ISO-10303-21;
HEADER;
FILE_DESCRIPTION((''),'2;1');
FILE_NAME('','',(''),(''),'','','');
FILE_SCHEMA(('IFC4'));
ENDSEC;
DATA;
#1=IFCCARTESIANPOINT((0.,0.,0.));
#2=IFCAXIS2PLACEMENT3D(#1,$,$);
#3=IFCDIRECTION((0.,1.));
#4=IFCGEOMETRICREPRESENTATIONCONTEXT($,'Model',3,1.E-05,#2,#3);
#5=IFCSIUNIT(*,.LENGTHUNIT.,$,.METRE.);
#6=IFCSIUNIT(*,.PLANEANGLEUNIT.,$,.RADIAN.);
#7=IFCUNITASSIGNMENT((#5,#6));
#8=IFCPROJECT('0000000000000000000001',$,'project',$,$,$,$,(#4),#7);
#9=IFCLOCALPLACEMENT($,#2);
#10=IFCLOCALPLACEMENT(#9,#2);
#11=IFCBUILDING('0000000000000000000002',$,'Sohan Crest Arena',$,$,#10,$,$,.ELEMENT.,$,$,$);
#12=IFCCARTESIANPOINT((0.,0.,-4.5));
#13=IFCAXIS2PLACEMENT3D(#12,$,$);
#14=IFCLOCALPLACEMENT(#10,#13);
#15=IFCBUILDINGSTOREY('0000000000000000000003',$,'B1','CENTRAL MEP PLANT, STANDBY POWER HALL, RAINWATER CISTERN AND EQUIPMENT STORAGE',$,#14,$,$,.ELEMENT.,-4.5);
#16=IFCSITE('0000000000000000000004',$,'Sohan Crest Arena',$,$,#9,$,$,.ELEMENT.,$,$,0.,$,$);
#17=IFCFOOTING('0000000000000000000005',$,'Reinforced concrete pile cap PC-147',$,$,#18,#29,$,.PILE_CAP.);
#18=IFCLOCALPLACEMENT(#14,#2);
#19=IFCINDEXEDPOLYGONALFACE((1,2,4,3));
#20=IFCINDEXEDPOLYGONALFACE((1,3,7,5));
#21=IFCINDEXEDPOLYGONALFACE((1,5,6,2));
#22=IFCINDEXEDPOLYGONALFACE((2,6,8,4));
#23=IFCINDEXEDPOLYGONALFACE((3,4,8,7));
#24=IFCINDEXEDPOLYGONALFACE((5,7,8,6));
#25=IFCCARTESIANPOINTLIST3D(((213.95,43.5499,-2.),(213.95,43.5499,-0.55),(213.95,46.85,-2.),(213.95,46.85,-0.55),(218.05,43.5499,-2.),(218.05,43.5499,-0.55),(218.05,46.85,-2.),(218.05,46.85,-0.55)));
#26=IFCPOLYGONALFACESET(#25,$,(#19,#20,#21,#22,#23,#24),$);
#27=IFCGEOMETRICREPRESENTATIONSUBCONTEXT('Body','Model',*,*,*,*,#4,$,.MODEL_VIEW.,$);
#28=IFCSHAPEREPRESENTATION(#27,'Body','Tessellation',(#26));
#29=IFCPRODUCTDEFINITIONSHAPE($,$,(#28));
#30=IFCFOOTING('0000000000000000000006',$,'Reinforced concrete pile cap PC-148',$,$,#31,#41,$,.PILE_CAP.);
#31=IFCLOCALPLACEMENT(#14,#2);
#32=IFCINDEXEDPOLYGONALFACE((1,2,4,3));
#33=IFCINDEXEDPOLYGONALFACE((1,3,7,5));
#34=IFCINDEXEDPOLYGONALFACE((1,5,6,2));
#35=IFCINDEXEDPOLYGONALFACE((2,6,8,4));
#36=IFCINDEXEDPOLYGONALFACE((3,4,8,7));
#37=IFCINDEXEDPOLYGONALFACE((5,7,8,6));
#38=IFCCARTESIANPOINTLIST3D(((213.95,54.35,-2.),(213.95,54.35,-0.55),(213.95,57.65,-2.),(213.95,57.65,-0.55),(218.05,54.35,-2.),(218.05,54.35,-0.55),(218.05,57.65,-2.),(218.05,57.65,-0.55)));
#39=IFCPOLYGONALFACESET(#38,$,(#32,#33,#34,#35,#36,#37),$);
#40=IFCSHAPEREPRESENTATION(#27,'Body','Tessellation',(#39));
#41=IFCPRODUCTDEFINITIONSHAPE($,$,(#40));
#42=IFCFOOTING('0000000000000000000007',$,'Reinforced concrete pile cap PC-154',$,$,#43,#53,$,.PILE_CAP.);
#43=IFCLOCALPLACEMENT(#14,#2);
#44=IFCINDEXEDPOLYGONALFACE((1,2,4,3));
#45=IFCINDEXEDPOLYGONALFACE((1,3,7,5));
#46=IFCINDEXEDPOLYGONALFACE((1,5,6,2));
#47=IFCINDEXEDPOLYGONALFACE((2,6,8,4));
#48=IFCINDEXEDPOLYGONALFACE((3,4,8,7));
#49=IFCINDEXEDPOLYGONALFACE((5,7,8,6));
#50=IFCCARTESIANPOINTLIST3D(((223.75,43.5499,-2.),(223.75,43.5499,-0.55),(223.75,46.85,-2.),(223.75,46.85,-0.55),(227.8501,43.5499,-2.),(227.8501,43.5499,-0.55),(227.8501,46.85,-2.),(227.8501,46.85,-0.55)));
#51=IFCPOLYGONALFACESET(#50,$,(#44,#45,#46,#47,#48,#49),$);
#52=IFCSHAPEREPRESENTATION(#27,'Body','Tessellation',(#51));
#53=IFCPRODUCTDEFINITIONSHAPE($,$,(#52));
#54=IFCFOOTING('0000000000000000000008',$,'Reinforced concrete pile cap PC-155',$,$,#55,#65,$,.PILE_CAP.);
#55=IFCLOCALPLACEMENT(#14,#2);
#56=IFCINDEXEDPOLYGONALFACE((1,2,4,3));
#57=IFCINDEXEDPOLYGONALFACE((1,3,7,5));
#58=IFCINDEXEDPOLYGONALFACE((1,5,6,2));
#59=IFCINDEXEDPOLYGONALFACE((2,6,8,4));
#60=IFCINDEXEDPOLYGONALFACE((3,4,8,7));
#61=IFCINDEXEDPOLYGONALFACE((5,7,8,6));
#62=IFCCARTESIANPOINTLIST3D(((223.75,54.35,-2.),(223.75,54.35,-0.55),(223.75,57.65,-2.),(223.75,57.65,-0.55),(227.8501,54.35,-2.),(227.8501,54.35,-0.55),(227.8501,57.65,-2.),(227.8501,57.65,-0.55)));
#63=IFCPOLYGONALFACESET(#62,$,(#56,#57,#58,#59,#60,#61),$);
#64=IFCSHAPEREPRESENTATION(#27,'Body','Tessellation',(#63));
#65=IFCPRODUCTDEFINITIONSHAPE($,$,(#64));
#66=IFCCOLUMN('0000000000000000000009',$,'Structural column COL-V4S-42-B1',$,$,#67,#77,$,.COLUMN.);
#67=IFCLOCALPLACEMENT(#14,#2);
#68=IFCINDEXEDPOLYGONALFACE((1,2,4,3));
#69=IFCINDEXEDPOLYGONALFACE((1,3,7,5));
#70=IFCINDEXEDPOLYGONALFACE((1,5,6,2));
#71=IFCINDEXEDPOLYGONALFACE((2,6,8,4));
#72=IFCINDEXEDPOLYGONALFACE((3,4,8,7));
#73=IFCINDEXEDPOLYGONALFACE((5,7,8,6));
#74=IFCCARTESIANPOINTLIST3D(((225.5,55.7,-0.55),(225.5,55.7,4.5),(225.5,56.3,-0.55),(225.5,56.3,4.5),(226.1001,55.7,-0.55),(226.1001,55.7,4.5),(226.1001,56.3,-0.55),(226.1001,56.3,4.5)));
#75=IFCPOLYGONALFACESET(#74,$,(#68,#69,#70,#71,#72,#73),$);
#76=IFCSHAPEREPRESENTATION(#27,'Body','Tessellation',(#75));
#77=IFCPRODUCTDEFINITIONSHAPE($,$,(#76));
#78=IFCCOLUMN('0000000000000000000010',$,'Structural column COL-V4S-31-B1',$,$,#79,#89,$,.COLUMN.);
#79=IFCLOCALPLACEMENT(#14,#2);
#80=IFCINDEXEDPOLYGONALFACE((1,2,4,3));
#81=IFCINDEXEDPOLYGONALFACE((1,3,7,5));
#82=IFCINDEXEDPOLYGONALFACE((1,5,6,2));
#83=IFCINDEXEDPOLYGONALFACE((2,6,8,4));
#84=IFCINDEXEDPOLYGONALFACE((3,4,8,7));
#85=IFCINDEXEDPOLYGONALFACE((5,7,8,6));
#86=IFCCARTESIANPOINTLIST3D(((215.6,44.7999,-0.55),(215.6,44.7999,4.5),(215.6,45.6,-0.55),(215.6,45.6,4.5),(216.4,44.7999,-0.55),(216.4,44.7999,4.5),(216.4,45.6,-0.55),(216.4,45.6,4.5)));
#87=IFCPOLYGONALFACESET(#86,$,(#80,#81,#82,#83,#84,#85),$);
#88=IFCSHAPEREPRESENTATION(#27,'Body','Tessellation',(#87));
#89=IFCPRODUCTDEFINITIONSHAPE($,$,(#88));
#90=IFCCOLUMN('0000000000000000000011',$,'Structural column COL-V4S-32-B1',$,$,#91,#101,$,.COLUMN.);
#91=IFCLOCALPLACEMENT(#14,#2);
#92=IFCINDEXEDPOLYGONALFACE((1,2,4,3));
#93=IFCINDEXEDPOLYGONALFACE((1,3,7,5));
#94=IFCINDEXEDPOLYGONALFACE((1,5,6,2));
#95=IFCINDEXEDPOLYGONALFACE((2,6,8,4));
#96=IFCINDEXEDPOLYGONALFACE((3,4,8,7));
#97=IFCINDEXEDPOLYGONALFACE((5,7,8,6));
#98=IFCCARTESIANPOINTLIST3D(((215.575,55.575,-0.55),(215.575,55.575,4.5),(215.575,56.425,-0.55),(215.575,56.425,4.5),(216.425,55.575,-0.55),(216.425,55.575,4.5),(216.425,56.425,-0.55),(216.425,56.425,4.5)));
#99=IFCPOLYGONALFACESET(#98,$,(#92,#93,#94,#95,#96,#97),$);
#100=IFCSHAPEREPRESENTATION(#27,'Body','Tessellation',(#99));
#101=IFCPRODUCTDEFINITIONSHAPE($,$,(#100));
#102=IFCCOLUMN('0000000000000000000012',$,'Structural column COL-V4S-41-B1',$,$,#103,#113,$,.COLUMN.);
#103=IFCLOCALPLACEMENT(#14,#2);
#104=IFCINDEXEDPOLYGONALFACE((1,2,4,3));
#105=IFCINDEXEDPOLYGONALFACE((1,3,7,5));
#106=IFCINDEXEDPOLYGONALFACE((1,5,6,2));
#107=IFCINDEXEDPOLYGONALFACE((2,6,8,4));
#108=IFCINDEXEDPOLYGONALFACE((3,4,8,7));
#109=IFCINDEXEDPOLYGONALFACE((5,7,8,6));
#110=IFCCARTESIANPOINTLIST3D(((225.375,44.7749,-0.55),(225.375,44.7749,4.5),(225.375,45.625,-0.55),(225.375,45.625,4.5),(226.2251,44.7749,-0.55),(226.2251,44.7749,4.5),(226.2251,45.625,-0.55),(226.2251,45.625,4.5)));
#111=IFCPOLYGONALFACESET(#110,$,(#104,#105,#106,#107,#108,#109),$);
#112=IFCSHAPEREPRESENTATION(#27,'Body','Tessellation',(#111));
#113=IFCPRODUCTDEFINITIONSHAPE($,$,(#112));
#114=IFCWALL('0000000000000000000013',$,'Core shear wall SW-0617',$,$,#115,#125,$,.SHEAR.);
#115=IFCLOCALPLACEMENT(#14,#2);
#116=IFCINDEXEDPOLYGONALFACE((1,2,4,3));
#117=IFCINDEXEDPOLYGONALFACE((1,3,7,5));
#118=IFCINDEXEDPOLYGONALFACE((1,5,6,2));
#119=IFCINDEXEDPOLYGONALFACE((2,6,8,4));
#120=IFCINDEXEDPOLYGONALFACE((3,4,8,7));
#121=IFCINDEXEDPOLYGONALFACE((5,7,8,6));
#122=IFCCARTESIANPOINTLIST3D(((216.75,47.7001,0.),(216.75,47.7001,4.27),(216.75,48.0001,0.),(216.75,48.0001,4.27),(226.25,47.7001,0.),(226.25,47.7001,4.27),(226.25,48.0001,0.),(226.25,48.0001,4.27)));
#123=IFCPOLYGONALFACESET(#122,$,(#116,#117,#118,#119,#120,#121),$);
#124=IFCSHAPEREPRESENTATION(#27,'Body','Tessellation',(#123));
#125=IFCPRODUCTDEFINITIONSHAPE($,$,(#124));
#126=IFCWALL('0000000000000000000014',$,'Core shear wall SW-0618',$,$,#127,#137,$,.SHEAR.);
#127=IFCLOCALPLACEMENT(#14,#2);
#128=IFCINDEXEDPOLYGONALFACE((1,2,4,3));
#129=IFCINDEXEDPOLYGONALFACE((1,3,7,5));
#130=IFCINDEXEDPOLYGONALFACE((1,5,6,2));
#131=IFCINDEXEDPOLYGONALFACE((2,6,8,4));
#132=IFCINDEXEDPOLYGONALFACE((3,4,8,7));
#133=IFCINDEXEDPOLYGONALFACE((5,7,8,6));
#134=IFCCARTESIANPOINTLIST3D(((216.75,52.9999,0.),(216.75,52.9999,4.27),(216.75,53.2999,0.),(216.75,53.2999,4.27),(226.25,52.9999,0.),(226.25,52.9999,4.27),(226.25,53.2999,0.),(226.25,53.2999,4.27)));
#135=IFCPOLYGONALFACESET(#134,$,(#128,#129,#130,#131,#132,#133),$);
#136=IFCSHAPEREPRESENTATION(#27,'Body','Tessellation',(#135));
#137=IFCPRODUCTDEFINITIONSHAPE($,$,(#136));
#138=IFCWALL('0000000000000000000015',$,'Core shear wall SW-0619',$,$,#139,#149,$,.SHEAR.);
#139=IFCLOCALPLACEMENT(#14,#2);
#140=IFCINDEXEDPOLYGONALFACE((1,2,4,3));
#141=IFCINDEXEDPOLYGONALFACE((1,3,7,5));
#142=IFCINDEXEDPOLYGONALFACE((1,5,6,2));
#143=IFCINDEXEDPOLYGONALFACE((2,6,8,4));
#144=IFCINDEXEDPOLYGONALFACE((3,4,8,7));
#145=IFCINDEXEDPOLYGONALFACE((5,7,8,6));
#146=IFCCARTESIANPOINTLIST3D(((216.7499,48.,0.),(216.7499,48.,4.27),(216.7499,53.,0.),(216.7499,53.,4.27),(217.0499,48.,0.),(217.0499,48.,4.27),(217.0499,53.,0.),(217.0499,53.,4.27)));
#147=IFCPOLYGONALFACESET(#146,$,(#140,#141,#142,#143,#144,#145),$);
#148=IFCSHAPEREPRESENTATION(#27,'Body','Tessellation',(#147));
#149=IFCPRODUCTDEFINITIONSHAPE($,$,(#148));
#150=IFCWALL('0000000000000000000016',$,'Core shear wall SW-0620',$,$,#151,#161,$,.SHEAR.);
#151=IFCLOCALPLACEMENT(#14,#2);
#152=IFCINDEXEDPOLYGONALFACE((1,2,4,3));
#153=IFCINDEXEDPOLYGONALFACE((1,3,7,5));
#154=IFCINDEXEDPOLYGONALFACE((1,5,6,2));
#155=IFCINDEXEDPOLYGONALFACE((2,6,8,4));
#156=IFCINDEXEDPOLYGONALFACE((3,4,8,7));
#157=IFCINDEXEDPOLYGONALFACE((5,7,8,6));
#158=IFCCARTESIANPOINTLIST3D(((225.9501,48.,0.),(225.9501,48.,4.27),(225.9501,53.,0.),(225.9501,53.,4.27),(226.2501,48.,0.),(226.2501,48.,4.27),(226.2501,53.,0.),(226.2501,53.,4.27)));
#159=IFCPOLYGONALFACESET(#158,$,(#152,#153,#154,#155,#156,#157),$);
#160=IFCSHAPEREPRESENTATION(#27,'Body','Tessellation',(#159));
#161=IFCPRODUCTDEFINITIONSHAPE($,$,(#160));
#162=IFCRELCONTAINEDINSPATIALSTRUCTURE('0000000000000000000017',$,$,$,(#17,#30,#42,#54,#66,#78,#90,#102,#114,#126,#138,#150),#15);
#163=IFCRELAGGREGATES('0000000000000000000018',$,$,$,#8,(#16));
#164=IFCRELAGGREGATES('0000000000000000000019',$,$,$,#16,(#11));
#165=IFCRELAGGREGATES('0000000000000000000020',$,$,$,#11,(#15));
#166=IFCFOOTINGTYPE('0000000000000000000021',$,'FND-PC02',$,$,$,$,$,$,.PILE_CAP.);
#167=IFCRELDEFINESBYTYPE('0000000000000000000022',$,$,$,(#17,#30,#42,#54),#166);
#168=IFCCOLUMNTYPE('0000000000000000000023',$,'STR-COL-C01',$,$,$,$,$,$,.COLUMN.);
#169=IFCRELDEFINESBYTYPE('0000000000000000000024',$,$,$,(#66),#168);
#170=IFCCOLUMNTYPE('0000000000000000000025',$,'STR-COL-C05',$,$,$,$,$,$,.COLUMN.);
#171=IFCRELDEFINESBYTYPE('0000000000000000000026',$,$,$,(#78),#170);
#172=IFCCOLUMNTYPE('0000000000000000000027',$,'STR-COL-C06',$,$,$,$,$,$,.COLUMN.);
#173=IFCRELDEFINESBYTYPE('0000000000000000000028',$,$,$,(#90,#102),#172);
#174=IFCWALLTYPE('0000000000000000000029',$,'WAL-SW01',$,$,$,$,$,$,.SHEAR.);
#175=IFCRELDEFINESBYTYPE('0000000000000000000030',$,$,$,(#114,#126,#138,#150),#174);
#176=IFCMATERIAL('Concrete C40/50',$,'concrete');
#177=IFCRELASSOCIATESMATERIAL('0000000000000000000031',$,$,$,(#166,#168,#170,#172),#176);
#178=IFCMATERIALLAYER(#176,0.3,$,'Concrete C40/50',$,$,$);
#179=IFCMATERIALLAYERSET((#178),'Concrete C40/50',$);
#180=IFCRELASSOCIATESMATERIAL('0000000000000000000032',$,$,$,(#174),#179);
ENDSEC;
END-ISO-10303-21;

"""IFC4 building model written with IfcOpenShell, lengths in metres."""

from ifc_helpers import new_model, si_unit, direction, frame, frame_2d, origin, origin_2d, place, context, subcontext, project, spatial, rectangle, extrude, material, layer, layer_set, material_profile, profile_set, type_object, element, save


model = new_model("IFC4")

# Units and contexts
model_context = context("Model", 3, precision=1e-05, world=origin(), true_north=direction((0.0, 1.0)))
body_context = subcontext(model_context, "Body", "Model", "MODEL_VIEW")
ifc_project = project(units=[si_unit("LENGTHUNIT", "METRE"), si_unit("PLANEANGLEUNIT", "RADIAN")], contexts=[model_context])

# Site, building, storey
site_placement = place(None, origin())
site = spatial("IfcSite", under=ifc_project, at=site_placement, Name="Sohan Crest Arena", CompositionType="ELEMENT", RefElevation=0.0)
building_placement = place(site_placement, origin())
building = spatial("IfcBuilding", under=site, at=building_placement, Name="Sohan Crest Arena", CompositionType="ELEMENT")
storey_placement = place(building_placement, frame((0.0, 0.0, -4.5)))
storey = spatial("IfcBuildingStorey", under=building, at=storey_placement, Name="B1", Description="CENTRAL MEP PLANT, STANDBY POWER HALL, RAINWATER CISTERN AND EQUIPMENT STORAGE", CompositionType="ELEMENT", Elevation=-4.5)

# Shared definitions
ifc_material = material(Name="Concrete C40/50", Category="concrete")

# Footings
footing_type_1 = type_object("IfcFootingType", Name="FND-PC02", PredefinedType="PILE_CAP", material=ifc_material)
for number, where, z_axis, x_axis, name in (
    (1, (216.0, 45.2, -2.0), (0.0, 0.0, 1.0), (1.0, 0.0, 0.0), "Reinforced concrete pile cap PC-147"),
    (2, (216.0, 56.0, -2.0), (0.0, 0.0, 1.0), (1.0, 0.0, 0.0), "Reinforced concrete pile cap PC-148"),
    (3, (225.8, 45.2, -2.0), (0.0, 0.0, 1.0), (1.0, 0.0, 0.0), "Reinforced concrete pile cap PC-154"),
    (4, (225.8, 56.0, -2.0), (0.0, 0.0, 1.0), (1.0, 0.0, 0.0), "Reinforced concrete pile cap PC-155"),
):
    element("IfcFooting", number, at=place(storey_placement, frame(where, z_axis=z_axis, x_axis=x_axis)), inside=storey, type_object=footing_type_1, Name=name, PredefinedType="PILE_CAP", context=body_context, shape_type="SweptSolid", body=[
        extrude(rectangle(XDim=4.1001, YDim=3.3, at=origin_2d()), origin(), (0.0, 0.0, 1.0), 1.45),
    ])

# Columns
ifc_material_profile_1 = material_profile(ifc_material, rectangle(XDim=0.6001, YDim=0.6001, at=origin_2d()), Name="RC 600x600")
ifc_profile_set_1 = profile_set([ifc_material_profile_1], Name="Concrete C40/50")
column_type_1 = type_object("IfcColumnType", Name="STR-COL-C01", PredefinedType="COLUMN", material=ifc_profile_set_1)
column_1_placement = place(storey_placement, frame((225.8, 56.0, -0.55), z_axis=(0.0, 0.0, 1.0), x_axis=(1.0, 0.0, 0.0)))
element("IfcColumn", 5, at=column_1_placement, inside=storey, type_object=column_type_1, Name="Structural column COL-V4S-42-B1", PredefinedType="COLUMN", context=body_context, shape_type="SweptSolid", body=[
    extrude(rectangle(XDim=0.6001, YDim=0.6001, at=origin_2d()), origin(), (0.0, 0.0, 1.0), 5.05),
])
ifc_material_profile_2 = material_profile(ifc_material, rectangle(XDim=0.8, YDim=0.8, at=origin_2d()), Name="RC 800x800")
ifc_profile_set_2 = profile_set([ifc_material_profile_2], Name="Concrete C40/50")
column_type_2 = type_object("IfcColumnType", Name="STR-COL-C05", PredefinedType="COLUMN", material=ifc_profile_set_2)
column_2_placement = place(storey_placement, frame((216.0, 45.2, -0.55), z_axis=(0.0, 0.0, 1.0), x_axis=(1.0, 0.0, 0.0)))
element("IfcColumn", 6, at=column_2_placement, inside=storey, type_object=column_type_2, Name="Structural column COL-V4S-31-B1", PredefinedType="COLUMN", context=body_context, shape_type="SweptSolid", body=[
    extrude(rectangle(XDim=0.8, YDim=0.8, at=origin_2d()), origin(), (0.0, 0.0, 1.0), 5.05),
])
ifc_material_profile_3 = material_profile(ifc_material, rectangle(XDim=0.8501, YDim=0.8501, at=origin_2d()), Name="RC 850x850")
ifc_profile_set_3 = profile_set([ifc_material_profile_3], Name="Concrete C40/50")
column_type_3 = type_object("IfcColumnType", Name="STR-COL-C06", PredefinedType="COLUMN", material=ifc_profile_set_3)
for number, where, z_axis, x_axis, name in (
    (7, (216.0, 56.0, -0.55), (0.0, 0.0, 1.0), (1.0, 0.0, 0.0), "Structural column COL-V4S-32-B1"),
    (8, (225.8, 45.2, -0.55), (0.0, 0.0, 1.0), (1.0, 0.0, 0.0), "Structural column COL-V4S-41-B1"),
):
    element("IfcColumn", number, at=place(storey_placement, frame(where, z_axis=z_axis, x_axis=x_axis)), inside=storey, type_object=column_type_3, Name=name, PredefinedType="COLUMN", context=body_context, shape_type="SweptSolid", body=[
        extrude(rectangle(XDim=0.8501, YDim=0.8501, at=origin_2d()), origin(), (0.0, 0.0, 1.0), 5.05),
    ])

# Walls
ifc_layer = layer(ifc_material, 0.3, Name="Concrete C40/50")
ifc_layer_set = layer_set([ifc_layer], Name="Concrete C40/50")
wall_type = type_object("IfcWallType", Name="WAL-SW01", PredefinedType="SHEAR", material=ifc_layer_set)
for number, where, z_axis, x_axis, name in (
    (9, (216.75, 47.8501, 0.0), (0.0, 0.0, 1.0), (1.0, 0.0, 0.0), "Core shear wall SW-0617"),
    (10, (216.75, 53.1499, 0.0), (0.0, 0.0, 1.0), (1.0, 0.0, 0.0), "Core shear wall SW-0618"),
):
    element("IfcWall", number, at=place(storey_placement, frame(where, z_axis=z_axis, x_axis=x_axis)), inside=storey, type_object=wall_type, Name=name, PredefinedType="SHEAR", context=body_context, shape_type="SweptSolid", body=[
        extrude(rectangle(XDim=9.5, YDim=0.3, at=frame_2d((4.75, 0.0))), origin(), (0.0, 0.0, 1.0), 4.27),
    ])
for number, where, z_axis, x_axis, name in (
    (11, (216.8999, 48.0, 0.0), (0.0, 0.0, 1.0), (0.0, 1.0, 0.0), "Core shear wall SW-0619"),
    (12, (226.1001, 48.0, 0.0), (0.0, 0.0, 1.0), (0.0, 1.0, 0.0), "Core shear wall SW-0620"),
):
    element("IfcWall", number, at=place(storey_placement, frame(where, z_axis=z_axis, x_axis=x_axis)), inside=storey, type_object=wall_type, Name=name, PredefinedType="SHEAR", context=body_context, shape_type="SweptSolid", body=[
        extrude(rectangle(XDim=5.0, YDim=0.3, at=frame_2d((2.5, 0.0))), origin(), (0.0, 0.0, 1.0), 4.27),
    ])

save(model, "model.ifc")
